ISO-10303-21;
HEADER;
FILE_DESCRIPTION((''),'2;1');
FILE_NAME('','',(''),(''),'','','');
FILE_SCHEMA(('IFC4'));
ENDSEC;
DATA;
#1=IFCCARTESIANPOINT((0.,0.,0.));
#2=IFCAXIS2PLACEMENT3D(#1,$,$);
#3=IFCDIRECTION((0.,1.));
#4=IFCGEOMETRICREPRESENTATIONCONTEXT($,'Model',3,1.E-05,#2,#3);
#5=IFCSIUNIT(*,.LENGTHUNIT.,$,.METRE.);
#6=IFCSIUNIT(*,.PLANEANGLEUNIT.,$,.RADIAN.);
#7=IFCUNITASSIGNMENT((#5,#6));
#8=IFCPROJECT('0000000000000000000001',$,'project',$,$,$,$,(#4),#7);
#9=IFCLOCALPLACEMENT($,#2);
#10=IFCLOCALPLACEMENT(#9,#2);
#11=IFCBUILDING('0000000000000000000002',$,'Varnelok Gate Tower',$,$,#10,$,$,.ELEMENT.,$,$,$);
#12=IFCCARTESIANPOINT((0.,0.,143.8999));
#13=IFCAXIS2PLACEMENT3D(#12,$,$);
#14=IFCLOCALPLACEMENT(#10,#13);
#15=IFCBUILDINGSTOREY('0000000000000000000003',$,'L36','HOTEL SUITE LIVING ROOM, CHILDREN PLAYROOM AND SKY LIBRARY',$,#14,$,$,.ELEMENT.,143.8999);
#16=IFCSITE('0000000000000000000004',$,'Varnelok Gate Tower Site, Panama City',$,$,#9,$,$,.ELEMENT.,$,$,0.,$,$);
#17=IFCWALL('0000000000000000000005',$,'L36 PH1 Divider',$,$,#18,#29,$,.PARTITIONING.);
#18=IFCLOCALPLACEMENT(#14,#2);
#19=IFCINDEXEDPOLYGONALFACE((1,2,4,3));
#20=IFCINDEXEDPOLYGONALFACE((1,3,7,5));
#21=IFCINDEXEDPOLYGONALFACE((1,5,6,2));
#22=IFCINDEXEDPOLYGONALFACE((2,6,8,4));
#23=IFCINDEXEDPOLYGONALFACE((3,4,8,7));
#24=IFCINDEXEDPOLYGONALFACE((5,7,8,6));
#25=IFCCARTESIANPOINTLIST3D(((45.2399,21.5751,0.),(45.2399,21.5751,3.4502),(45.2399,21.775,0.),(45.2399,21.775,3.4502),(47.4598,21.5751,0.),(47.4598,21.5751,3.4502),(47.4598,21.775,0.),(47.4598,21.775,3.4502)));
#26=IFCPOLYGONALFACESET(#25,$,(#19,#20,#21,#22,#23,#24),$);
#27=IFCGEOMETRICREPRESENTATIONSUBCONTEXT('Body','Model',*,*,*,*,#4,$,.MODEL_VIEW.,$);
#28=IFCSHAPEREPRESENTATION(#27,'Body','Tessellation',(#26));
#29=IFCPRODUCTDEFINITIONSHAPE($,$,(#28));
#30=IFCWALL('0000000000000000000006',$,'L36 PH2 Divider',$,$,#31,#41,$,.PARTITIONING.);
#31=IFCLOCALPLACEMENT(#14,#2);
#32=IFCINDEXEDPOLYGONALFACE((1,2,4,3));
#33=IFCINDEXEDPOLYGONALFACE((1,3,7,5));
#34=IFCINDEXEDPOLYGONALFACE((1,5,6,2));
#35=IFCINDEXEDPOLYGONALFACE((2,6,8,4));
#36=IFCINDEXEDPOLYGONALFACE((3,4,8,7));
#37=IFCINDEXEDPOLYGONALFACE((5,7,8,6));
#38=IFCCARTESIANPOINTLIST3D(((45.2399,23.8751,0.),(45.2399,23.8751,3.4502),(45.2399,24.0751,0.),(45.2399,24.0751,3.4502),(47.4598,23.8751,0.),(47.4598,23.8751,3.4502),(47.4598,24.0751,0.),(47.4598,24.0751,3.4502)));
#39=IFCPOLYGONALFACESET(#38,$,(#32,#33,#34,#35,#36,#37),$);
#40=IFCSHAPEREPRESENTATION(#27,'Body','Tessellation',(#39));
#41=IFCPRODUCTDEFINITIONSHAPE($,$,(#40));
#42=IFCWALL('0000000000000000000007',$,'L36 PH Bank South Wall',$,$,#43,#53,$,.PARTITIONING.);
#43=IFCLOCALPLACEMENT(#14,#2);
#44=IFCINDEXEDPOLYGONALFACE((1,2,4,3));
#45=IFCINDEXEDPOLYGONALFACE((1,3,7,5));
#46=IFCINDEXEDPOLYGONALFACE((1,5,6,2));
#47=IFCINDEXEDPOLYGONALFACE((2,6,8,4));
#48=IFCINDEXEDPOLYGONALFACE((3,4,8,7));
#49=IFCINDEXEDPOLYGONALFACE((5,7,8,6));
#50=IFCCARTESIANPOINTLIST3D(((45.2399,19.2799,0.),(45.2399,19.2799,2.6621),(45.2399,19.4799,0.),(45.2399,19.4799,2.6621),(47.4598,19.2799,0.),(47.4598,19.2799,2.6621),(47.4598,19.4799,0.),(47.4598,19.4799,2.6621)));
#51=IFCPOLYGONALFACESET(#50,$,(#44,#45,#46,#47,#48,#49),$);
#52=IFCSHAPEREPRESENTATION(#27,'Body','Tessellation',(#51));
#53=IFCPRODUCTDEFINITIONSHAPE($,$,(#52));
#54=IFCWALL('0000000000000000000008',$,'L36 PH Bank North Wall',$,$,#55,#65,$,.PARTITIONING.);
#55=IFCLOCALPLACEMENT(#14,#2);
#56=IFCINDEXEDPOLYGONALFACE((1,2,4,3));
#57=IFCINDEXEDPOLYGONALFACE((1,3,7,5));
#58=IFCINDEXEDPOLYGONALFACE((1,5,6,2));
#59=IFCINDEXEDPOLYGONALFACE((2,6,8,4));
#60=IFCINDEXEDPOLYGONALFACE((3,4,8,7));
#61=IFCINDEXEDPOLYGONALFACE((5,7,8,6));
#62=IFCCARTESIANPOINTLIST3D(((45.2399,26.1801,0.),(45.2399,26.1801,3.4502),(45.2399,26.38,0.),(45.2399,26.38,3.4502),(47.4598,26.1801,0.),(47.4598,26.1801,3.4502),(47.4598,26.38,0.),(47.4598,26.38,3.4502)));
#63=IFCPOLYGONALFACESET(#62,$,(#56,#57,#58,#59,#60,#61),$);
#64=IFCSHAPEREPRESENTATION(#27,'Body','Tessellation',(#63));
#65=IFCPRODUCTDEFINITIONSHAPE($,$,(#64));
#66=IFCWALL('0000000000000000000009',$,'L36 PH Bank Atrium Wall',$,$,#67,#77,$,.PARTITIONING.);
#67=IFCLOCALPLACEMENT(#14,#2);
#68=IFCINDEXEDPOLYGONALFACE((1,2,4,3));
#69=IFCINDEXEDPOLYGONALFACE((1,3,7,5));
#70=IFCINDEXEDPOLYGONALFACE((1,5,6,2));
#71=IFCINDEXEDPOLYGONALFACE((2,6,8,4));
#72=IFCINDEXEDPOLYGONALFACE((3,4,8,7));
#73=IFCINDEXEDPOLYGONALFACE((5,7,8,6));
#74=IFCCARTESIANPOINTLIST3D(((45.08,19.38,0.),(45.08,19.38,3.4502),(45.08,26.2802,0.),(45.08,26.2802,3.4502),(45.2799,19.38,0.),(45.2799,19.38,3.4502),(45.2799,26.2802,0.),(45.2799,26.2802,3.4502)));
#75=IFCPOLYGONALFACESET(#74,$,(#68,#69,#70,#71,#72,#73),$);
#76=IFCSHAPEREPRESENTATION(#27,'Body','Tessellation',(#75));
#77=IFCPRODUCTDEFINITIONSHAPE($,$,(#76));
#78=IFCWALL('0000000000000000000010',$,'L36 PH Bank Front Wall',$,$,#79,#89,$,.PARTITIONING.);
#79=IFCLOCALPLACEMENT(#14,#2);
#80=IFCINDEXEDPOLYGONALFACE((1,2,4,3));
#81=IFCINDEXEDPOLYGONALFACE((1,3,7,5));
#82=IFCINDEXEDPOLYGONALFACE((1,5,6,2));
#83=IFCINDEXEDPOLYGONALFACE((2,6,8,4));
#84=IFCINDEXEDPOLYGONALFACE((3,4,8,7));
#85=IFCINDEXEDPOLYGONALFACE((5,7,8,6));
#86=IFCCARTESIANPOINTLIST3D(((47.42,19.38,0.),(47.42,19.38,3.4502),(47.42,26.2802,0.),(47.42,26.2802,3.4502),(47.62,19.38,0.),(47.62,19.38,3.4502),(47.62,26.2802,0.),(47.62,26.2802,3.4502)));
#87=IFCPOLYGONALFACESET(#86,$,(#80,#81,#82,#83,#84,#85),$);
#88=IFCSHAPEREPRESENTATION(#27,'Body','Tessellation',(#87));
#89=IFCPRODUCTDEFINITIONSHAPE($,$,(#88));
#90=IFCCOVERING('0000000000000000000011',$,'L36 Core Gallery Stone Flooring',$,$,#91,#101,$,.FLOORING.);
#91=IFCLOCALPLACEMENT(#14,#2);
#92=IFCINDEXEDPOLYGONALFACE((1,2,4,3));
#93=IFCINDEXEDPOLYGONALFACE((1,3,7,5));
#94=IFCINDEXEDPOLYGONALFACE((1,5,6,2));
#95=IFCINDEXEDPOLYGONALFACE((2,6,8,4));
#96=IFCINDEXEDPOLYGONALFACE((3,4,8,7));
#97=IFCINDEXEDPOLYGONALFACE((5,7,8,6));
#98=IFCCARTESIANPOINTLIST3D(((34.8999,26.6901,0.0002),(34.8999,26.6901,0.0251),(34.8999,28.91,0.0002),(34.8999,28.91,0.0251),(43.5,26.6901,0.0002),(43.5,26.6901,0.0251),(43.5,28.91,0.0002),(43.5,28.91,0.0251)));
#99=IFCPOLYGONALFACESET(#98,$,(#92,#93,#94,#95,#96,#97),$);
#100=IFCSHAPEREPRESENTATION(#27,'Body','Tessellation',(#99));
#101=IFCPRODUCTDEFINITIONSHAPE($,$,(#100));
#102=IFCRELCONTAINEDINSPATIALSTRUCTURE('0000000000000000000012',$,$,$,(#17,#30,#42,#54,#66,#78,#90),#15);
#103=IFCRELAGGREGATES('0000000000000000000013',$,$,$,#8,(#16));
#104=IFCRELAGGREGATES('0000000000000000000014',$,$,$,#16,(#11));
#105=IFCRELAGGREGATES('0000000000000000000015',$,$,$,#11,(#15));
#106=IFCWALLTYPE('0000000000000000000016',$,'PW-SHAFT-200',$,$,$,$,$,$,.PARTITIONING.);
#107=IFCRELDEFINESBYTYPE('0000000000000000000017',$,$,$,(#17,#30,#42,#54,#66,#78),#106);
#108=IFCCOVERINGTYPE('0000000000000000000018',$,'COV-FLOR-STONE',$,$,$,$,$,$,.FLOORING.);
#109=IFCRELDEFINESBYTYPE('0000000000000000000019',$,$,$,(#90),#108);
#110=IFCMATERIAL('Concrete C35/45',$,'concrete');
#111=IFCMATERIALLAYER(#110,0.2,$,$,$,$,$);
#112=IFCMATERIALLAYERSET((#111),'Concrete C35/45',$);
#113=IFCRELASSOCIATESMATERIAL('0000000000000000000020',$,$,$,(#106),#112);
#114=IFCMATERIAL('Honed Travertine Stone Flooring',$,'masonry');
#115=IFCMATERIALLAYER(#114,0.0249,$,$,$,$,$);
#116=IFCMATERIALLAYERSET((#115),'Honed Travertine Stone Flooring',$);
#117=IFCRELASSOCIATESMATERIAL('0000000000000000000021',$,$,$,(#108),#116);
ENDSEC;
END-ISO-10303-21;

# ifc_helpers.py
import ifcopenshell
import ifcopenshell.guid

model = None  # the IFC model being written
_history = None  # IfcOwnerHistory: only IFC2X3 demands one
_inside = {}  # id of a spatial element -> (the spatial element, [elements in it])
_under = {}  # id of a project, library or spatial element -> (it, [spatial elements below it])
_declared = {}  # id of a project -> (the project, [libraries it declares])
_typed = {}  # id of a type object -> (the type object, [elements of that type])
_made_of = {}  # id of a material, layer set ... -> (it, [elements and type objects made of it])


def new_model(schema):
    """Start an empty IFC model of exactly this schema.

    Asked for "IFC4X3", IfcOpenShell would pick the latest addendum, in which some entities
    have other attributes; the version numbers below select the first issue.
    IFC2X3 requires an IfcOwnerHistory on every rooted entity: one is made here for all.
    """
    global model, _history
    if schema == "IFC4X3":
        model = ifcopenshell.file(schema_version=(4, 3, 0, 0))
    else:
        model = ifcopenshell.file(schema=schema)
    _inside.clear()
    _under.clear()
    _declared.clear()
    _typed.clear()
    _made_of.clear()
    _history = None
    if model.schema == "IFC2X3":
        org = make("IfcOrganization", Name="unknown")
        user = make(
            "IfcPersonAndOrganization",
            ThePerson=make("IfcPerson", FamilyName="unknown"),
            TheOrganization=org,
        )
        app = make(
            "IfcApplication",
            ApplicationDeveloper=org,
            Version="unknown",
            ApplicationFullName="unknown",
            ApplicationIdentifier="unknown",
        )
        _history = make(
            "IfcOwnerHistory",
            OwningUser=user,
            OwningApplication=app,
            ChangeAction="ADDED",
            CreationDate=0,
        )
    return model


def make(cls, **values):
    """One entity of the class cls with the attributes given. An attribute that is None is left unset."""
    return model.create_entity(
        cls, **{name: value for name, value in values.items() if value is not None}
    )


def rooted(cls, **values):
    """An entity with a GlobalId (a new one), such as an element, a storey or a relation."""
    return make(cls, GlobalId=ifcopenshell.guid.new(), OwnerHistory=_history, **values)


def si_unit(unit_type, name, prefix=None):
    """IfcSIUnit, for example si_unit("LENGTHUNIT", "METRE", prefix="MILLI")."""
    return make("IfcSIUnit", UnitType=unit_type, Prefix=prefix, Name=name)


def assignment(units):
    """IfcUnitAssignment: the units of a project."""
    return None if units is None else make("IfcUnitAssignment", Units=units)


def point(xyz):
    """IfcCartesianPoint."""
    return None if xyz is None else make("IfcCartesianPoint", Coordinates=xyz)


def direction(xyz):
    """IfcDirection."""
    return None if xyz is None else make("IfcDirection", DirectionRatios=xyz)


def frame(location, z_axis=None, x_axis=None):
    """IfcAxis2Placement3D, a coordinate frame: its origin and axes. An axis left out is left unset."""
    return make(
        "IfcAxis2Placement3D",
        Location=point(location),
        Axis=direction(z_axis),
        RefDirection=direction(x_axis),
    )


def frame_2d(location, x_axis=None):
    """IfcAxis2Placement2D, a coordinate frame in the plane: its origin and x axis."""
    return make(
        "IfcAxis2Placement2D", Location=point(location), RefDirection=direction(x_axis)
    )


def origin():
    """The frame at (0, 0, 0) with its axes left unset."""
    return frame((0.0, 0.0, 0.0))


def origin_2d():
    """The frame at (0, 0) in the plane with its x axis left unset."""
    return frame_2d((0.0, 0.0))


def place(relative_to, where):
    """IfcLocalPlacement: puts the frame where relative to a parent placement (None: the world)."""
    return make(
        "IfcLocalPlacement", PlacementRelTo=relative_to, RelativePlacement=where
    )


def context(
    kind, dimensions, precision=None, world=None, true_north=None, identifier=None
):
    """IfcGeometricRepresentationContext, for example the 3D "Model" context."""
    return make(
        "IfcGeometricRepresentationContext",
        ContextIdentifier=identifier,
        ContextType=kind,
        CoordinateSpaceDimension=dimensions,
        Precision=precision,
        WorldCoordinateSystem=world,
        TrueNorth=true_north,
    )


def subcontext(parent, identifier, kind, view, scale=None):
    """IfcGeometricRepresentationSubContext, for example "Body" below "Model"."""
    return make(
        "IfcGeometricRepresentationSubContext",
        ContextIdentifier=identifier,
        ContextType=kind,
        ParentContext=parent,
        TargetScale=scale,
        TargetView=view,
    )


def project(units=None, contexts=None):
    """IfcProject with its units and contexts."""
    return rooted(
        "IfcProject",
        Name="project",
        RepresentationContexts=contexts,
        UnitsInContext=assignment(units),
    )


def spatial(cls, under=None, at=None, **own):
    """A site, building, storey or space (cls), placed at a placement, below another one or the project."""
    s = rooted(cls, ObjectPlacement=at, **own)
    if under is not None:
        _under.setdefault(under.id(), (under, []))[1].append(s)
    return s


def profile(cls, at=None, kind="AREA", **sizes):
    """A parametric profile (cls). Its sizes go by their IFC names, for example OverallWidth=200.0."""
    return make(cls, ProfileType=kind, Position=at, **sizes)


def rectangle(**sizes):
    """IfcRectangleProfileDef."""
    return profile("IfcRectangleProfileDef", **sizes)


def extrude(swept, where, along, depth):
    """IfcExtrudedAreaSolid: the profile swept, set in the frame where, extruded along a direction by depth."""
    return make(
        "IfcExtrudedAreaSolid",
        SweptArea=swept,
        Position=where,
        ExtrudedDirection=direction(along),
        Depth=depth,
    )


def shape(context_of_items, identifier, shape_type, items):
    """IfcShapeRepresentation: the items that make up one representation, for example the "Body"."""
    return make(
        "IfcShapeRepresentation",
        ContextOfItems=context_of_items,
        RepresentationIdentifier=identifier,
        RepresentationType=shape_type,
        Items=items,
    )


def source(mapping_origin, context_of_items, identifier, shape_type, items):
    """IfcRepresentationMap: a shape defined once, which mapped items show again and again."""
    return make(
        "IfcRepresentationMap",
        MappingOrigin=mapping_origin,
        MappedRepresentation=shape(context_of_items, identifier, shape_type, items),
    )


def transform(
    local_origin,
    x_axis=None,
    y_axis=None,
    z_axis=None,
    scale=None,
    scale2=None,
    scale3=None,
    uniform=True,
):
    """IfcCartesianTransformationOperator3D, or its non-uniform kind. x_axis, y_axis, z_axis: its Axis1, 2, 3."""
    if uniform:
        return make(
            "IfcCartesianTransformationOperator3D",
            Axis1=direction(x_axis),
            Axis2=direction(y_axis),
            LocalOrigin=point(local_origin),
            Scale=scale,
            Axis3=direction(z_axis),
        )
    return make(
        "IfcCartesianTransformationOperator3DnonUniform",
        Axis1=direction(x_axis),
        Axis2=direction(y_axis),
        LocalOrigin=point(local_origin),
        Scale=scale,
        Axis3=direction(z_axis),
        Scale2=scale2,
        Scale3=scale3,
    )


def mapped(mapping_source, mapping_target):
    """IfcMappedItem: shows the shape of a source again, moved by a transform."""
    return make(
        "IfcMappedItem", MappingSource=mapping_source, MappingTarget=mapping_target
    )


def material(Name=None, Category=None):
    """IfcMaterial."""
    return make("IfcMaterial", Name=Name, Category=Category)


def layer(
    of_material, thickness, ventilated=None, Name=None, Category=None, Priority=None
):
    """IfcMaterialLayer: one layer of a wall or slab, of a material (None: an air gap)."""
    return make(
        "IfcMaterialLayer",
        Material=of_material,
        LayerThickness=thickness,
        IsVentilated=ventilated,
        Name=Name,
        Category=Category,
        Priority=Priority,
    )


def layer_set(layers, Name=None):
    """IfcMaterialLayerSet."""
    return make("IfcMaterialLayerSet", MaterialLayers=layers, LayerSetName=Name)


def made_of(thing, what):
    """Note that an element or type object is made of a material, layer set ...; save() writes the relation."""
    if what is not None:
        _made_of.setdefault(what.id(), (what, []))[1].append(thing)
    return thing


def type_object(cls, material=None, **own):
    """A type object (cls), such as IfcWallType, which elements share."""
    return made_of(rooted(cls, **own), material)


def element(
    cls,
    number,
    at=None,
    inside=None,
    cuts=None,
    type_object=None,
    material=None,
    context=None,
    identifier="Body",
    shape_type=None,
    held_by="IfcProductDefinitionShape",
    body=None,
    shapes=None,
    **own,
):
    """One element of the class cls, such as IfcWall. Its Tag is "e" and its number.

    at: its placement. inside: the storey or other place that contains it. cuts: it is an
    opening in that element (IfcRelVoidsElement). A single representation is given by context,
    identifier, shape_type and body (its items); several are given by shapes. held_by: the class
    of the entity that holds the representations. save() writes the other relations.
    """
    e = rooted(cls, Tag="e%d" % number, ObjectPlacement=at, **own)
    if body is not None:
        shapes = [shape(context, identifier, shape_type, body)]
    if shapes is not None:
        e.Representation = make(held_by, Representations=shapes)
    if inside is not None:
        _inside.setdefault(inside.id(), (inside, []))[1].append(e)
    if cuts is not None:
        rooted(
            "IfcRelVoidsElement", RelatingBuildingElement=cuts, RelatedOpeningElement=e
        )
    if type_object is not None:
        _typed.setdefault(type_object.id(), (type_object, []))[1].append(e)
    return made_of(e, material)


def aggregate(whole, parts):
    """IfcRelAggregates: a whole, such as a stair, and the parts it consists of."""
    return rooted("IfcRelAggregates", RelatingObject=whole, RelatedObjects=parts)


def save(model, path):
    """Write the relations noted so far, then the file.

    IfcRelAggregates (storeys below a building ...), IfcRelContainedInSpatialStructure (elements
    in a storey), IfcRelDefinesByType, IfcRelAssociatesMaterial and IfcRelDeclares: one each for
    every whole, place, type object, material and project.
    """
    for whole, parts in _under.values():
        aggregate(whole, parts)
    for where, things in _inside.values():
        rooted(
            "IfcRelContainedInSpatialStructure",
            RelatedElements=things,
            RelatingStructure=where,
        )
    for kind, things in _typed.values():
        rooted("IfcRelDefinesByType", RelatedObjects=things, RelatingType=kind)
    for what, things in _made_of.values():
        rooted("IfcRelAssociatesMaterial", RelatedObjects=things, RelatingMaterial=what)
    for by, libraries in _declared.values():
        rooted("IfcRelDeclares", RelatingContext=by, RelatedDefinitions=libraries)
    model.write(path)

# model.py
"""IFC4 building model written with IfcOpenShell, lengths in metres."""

from ifc_helpers import new_model, si_unit, direction, frame, frame_2d, origin, origin_2d, place, context, subcontext, project, spatial, rectangle, extrude, source, transform, mapped, material, layer, layer_set, type_object, element, save


model = new_model("IFC4")

# Units and contexts
model_context = context("Model", 3, precision=1e-05, world=origin(), true_north=direction((0.0, 1.0)))
body_context = subcontext(model_context, "Body", "Model", "MODEL_VIEW")
ifc_project = project(units=[si_unit("LENGTHUNIT", "METRE"), si_unit("PLANEANGLEUNIT", "RADIAN")], contexts=[model_context])

# Site, building, storey
site_placement = place(None, origin())
site = spatial("IfcSite", under=ifc_project, at=site_placement, Name="Varnelok Gate Tower Site, Panama City", CompositionType="ELEMENT", RefElevation=0.0)
building_placement = place(site_placement, origin())
building = spatial("IfcBuilding", under=site, at=building_placement, Name="Varnelok Gate Tower", CompositionType="ELEMENT")
storey_placement = place(building_placement, frame((0.0, 0.0, 143.8999)))
storey = spatial("IfcBuildingStorey", under=building, at=storey_placement, Name="L36", Description="HOTEL SUITE LIVING ROOM, CHILDREN PLAYROOM AND SKY LIBRARY", CompositionType="ELEMENT", Elevation=143.8999)

# Walls
ifc_material_1 = material(Name="Concrete C35/45", Category="concrete")
ifc_layer_1 = layer(ifc_material_1, 0.2)
ifc_layer_set_1 = layer_set([ifc_layer_1], Name="Concrete C35/45")
wall_type_1 = type_object("IfcWallType", Name="PW-SHAFT-200", PredefinedType="PARTITIONING", material=ifc_layer_set_1)
for number, where, z_axis, x_axis, name in (
    (1, (45.24, 21.675, 0.0), (0.0, 0.0, 1.0), (1.0, 0.0, 0.0), "L36 PH1 Divider"),
    (2, (45.24, 23.9751, 0.0), (0.0, 0.0, 1.0), (1.0, 0.0, 0.0), "L36 PH2 Divider"),
):
    element("IfcWall", number, at=place(storey_placement, frame(where, z_axis=z_axis, x_axis=x_axis)), inside=storey, type_object=wall_type_1, Name=name, PredefinedType="PARTITIONING", context=body_context, shape_type="SweptSolid", body=[
        extrude(rectangle(XDim=2.22, YDim=0.2, at=frame_2d((1.1099, 0.0))), origin(), (0.0, 0.0, 1.0), 3.4502),
    ])
wall_1_placement = place(storey_placement, frame((45.24, 19.3799, 0.0), z_axis=(0.0, 0.0, 1.0), x_axis=(1.0, 0.0, 0.0)))
element("IfcWall", 3, at=wall_1_placement, inside=storey, type_object=wall_type_1, Name="L36 PH Bank South Wall", PredefinedType="PARTITIONING", context=body_context, shape_type="SweptSolid", body=[
    extrude(rectangle(XDim=2.22, YDim=0.2, at=frame_2d((1.1099, 0.0))), origin(), (0.0, 0.0, 1.0), 2.6621),
])
wall_2_placement = place(storey_placement, frame((45.24, 26.28, 0.0), z_axis=(0.0, 0.0, 1.0), x_axis=(1.0, 0.0, 0.0)))
element("IfcWall", 4, at=wall_2_placement, inside=storey, type_object=wall_type_1, Name="L36 PH Bank North Wall", PredefinedType="PARTITIONING", context=body_context, shape_type="SweptSolid", body=[
    extrude(rectangle(XDim=2.22, YDim=0.2, at=frame_2d((1.1099, 0.0))), origin(), (0.0, 0.0, 1.0), 3.4502),
])
for number, where, z_axis, x_axis, name in (
    (5, (45.1799, 19.3799, 0.0), (0.0, 0.0, 1.0), (0.0, 1.0, 0.0), "L36 PH Bank Atrium Wall"),
    (6, (47.52, 19.3799, 0.0), (0.0, 0.0, 1.0), (0.0, 1.0, 0.0), "L36 PH Bank Front Wall"),
):
    element("IfcWall", number, at=place(storey_placement, frame(where, z_axis=z_axis, x_axis=x_axis)), inside=storey, type_object=wall_type_1, Name=name, PredefinedType="PARTITIONING", context=body_context, shape_type="SweptSolid", body=[
        extrude(rectangle(XDim=6.9001, YDim=0.2, at=frame_2d((3.4502, 0.0))), origin(), (0.0, 0.0, 1.0), 3.4502),
    ])

# Covering
ifc_material_2 = material(Name="Honed Travertine Stone Flooring", Category="masonry")
ifc_layer_2 = layer(ifc_material_2, 0.0249)
ifc_layer_set_2 = layer_set([ifc_layer_2], Name="Honed Travertine Stone Flooring")
covering_type = type_object("IfcCoveringType", Name="COV-FLOR-STONE", PredefinedType="FLOORING", material=ifc_layer_set_2)
shared_shape = source(origin(), body_context, "Body", "SweptSolid", [
    extrude(rectangle(XDim=8.6001, YDim=2.22, at=origin_2d()), origin(), (0.0, 0.0, 1.0), 0.0249),
])
covering_placement = place(storey_placement, frame((39.2, 27.8, 0.0002), z_axis=(0.0, 0.0, 1.0), x_axis=(1.0, 0.0, 0.0)))
element("IfcCovering", 7, at=covering_placement, inside=storey, type_object=covering_type, Name="L36 Core Gallery Stone Flooring", PredefinedType="FLOORING", context=body_context, shape_type="MappedRepresentation", body=[
    mapped(shared_shape, transform((0.0, 0.0, 0.0), scale=1.0)),
])

save(model, "model.ifc")
